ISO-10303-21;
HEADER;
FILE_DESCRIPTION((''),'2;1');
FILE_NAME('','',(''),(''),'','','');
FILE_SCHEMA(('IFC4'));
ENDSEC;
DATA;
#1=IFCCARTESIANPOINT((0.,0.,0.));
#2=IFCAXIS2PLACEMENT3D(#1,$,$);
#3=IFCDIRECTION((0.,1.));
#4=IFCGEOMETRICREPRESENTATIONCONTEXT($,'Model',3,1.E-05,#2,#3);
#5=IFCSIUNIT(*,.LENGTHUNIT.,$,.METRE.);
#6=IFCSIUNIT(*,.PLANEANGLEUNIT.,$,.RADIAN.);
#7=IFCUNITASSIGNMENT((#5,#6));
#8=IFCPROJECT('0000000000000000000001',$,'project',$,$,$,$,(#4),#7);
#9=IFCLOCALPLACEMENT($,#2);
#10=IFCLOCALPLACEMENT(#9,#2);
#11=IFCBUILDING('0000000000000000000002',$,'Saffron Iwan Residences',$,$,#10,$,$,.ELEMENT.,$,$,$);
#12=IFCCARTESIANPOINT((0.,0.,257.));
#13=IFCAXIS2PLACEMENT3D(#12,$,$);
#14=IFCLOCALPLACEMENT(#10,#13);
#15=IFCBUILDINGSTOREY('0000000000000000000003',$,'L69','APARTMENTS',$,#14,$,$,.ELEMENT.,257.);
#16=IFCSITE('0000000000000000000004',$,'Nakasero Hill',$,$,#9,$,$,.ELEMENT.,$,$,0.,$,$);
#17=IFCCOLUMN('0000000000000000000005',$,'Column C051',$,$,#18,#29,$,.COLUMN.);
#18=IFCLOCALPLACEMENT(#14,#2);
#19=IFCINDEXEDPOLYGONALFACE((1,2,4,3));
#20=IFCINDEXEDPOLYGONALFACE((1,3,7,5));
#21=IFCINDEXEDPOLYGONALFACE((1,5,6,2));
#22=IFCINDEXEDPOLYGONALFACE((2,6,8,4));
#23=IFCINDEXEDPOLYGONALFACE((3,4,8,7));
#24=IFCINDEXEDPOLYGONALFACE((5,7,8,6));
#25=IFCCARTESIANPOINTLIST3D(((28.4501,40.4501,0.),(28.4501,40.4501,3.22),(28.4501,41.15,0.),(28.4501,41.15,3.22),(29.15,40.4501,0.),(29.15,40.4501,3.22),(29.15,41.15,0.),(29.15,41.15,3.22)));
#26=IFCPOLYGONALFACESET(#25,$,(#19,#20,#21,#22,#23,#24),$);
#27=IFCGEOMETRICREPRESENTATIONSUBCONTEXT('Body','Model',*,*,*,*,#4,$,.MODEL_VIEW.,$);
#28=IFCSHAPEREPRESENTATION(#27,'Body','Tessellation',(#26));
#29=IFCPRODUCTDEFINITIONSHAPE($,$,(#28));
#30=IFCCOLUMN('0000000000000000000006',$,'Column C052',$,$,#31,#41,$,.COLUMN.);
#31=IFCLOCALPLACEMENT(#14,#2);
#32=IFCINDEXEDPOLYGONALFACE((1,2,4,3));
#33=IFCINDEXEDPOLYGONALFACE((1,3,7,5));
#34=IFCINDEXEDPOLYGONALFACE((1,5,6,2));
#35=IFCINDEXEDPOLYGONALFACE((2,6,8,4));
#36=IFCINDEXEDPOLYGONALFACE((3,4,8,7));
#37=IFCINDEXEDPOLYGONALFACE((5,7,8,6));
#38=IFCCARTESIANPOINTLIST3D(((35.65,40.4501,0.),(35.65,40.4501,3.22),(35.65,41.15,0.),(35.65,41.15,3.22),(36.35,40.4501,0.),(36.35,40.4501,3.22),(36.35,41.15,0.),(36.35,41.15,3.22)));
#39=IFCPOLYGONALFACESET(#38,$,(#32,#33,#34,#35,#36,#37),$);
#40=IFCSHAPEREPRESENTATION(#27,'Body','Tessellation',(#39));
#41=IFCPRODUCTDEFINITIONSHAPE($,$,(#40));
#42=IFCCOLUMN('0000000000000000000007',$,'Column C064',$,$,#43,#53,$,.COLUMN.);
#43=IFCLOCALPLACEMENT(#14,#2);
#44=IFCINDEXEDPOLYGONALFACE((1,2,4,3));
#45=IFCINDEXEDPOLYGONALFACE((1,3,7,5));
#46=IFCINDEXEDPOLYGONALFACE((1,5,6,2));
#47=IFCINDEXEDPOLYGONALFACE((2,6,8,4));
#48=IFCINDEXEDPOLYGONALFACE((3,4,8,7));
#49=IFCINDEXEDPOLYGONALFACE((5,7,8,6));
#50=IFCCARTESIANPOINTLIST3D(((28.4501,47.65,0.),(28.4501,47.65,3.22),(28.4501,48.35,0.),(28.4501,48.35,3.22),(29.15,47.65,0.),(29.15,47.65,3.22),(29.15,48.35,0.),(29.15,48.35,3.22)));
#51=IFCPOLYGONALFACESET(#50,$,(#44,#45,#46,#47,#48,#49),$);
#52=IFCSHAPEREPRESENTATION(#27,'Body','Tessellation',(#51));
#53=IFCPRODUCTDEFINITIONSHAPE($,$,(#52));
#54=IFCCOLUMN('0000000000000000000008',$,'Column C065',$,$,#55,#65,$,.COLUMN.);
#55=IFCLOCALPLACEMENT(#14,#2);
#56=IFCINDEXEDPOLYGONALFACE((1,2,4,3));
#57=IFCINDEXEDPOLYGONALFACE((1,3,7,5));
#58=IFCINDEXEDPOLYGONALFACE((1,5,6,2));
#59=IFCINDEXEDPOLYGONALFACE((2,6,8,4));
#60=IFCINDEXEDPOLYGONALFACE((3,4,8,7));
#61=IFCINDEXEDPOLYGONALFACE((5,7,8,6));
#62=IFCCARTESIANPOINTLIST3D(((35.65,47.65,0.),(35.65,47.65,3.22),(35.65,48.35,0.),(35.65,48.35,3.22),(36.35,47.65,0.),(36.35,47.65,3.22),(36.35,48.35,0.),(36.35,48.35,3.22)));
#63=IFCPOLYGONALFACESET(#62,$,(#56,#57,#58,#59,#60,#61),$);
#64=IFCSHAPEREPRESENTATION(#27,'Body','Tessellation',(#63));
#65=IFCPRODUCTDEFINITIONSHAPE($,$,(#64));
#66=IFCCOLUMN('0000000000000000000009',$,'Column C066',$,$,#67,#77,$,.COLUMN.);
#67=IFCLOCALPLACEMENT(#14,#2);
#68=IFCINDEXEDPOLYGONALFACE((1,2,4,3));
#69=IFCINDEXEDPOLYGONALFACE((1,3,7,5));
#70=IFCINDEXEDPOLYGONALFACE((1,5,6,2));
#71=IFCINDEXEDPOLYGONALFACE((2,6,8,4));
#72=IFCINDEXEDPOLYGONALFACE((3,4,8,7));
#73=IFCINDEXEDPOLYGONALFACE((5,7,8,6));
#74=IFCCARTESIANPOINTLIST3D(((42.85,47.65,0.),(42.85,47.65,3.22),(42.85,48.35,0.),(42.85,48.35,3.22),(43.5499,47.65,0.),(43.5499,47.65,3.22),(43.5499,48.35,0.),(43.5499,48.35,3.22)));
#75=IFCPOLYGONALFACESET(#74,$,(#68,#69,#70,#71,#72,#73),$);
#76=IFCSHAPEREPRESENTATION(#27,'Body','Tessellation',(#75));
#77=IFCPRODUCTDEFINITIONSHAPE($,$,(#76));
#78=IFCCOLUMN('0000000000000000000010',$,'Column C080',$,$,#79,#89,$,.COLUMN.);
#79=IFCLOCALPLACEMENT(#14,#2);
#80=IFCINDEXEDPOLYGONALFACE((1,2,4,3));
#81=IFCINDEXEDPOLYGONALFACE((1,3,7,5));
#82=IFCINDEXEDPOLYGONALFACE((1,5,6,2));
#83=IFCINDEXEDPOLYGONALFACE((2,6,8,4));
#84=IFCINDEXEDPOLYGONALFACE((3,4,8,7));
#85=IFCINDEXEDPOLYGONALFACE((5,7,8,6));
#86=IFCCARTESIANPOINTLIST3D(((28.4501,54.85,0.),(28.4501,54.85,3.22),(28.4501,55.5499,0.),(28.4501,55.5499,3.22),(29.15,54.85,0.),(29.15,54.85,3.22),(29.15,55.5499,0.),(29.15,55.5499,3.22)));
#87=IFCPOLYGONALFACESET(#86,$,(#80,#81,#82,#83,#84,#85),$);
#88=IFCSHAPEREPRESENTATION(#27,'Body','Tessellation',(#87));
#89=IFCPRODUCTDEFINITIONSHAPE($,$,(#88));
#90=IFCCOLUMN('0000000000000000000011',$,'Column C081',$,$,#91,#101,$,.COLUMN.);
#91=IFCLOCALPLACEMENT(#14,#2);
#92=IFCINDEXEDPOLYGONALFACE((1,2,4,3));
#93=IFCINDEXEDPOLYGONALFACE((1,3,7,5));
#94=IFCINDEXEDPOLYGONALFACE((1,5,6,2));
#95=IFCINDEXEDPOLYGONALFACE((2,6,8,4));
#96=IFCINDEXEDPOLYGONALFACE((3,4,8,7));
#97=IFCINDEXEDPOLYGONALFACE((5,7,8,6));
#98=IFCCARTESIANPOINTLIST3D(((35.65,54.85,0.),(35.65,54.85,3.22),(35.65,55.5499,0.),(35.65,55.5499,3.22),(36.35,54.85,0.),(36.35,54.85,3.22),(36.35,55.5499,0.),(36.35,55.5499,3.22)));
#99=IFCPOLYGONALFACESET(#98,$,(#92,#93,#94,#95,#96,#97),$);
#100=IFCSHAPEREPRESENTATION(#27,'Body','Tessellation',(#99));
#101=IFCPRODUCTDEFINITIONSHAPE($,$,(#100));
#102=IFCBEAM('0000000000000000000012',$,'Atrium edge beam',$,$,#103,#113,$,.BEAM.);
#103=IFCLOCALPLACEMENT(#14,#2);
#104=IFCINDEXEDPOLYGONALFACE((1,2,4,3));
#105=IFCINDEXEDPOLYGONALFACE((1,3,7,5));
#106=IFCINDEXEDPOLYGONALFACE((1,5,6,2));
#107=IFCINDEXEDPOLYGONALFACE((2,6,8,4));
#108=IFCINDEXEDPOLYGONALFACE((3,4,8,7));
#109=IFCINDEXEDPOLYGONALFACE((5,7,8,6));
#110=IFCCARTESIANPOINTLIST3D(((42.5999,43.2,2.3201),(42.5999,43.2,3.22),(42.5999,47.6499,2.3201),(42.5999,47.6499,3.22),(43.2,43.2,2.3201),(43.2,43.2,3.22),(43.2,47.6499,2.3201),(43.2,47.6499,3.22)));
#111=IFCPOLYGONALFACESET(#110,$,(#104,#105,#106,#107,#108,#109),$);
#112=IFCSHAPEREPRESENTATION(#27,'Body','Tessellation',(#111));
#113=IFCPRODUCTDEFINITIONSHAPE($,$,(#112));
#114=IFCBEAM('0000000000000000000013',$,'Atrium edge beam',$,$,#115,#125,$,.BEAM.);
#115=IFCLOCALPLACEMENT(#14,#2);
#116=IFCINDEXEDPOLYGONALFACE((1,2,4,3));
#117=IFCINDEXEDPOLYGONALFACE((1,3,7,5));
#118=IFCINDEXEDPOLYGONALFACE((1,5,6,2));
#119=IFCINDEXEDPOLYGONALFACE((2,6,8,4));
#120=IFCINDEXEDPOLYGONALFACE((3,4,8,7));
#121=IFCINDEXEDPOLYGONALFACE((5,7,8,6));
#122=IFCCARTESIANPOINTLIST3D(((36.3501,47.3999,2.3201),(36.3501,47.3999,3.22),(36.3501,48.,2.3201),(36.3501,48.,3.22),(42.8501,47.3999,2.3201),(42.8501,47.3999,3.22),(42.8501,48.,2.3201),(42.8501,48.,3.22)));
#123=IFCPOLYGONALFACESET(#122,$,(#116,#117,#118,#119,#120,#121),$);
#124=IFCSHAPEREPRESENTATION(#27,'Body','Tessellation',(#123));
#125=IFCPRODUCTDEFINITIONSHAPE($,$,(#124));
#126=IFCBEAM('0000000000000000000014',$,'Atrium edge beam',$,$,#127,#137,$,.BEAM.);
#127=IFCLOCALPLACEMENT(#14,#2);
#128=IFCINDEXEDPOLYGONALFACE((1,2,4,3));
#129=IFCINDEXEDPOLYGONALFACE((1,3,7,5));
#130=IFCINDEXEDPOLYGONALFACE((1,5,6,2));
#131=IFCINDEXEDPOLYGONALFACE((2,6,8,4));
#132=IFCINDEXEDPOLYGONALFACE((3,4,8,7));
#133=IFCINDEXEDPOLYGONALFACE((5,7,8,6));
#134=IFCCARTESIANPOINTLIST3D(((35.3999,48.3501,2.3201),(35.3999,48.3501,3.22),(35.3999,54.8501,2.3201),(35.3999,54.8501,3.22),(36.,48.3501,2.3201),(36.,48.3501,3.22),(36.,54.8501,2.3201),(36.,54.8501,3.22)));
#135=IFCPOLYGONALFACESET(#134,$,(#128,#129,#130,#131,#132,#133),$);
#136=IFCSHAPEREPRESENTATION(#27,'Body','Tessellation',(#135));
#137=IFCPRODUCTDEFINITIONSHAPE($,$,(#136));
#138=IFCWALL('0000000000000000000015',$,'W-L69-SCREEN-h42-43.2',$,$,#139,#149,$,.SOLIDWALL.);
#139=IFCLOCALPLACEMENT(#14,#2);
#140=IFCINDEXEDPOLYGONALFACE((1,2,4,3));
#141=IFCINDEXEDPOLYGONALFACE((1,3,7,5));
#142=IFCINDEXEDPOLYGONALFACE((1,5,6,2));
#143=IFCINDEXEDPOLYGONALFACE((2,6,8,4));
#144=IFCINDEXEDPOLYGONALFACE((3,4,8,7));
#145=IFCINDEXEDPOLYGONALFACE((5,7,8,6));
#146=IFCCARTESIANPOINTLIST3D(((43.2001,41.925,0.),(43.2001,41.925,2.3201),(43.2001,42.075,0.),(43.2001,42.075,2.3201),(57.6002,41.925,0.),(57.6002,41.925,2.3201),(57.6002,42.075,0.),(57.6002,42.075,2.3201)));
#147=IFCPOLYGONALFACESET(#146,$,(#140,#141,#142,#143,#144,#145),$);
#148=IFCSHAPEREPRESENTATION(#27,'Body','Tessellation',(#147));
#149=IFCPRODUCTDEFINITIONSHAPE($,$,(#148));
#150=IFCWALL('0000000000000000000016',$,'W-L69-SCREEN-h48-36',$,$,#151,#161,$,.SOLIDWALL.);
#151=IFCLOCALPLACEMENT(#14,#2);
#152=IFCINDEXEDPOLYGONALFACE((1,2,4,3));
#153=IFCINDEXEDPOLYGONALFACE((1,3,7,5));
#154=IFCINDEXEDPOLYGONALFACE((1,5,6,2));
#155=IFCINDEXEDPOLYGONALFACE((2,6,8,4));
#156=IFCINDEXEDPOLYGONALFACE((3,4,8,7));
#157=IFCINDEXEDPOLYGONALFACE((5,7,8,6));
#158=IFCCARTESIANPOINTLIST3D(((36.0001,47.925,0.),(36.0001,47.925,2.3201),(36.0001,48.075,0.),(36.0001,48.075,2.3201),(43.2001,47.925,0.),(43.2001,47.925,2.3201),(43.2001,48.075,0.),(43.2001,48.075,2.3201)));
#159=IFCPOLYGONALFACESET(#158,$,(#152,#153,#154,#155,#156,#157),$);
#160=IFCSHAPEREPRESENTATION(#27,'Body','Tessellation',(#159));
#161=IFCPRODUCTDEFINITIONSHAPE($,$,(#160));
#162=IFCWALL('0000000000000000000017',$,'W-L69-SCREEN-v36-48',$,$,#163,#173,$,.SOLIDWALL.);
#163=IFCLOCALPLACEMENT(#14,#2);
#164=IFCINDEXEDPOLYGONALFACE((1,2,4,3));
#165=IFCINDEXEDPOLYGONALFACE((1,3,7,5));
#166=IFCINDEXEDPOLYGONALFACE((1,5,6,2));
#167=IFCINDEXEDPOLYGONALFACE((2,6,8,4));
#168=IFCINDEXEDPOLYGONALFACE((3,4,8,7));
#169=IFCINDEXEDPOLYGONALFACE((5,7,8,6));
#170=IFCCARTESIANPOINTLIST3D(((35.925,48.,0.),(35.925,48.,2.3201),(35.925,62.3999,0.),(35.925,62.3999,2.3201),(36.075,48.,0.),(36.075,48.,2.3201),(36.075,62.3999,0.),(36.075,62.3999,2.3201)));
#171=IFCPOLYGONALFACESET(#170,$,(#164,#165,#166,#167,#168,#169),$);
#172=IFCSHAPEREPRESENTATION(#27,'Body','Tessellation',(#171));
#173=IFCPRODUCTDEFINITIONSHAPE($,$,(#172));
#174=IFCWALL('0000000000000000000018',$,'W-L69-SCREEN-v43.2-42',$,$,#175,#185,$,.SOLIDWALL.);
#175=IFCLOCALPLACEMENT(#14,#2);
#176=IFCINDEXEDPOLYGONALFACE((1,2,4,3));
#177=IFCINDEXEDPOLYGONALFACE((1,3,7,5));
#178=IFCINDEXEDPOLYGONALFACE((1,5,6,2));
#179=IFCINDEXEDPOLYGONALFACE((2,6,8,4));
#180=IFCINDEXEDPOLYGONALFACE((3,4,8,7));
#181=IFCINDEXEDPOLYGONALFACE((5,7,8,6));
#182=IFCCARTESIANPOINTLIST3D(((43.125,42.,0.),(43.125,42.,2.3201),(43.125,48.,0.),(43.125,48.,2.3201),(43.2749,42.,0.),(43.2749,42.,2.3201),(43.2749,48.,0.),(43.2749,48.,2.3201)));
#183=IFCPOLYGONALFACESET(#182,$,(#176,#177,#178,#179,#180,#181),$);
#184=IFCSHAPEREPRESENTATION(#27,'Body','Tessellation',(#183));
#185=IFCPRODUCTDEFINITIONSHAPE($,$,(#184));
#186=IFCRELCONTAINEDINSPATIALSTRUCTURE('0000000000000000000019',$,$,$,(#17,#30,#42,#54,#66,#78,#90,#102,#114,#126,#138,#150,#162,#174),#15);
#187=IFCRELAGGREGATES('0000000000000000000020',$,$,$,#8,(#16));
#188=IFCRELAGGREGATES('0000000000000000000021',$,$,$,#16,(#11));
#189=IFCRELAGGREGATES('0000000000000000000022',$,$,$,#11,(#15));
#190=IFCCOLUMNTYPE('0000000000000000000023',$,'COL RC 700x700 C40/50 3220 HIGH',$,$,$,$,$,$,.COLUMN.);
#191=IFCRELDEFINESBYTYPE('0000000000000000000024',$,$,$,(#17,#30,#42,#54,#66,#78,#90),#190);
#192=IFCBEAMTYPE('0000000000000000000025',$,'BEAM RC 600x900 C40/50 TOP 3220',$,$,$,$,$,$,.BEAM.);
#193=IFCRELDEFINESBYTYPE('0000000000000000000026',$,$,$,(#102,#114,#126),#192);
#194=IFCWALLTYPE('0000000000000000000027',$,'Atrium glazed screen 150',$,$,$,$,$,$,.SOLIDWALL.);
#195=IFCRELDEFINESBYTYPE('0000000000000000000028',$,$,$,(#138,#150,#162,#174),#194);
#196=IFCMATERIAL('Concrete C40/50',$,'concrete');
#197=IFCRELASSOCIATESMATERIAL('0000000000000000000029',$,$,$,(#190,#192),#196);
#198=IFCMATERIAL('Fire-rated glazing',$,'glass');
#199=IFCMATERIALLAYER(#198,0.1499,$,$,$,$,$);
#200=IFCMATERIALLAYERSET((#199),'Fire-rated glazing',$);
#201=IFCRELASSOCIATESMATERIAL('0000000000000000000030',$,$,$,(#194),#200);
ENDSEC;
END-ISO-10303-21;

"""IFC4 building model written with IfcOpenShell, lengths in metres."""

from ifc_helpers import new_model, si_unit, direction, frame, frame_2d, origin, origin_2d, place, context, subcontext, project, spatial, rectangle, extrude, source, transform, mapped, material, layer, layer_set, material_profile, profile_set, type_object, element, save


model = new_model("IFC4")

# Units and contexts
model_context = context("Model", 3, precision=1e-05, world=origin(), true_north=direction((0.0, 1.0)))
body_context = subcontext(model_context, "Body", "Model", "MODEL_VIEW")
ifc_project = project(units=[si_unit("LENGTHUNIT", "METRE"), si_unit("PLANEANGLEUNIT", "RADIAN")], contexts=[model_context])

# Site, building, storey
site_placement = place(None, origin())
site = spatial("IfcSite", under=ifc_project, at=site_placement, Name="Nakasero Hill", CompositionType="ELEMENT", RefElevation=0.0)
building_placement = place(site_placement, origin())
building = spatial("IfcBuilding", under=site, at=building_placement, Name="Saffron Iwan Residences", CompositionType="ELEMENT")
storey_placement = place(building_placement, frame((0.0, 0.0, 257.0)))
storey = spatial("IfcBuildingStorey", under=building, at=storey_placement, Name="L69", Description="APARTMENTS", CompositionType="ELEMENT", Elevation=257.0)

# Columns
ifc_material_1 = material(Name="Concrete C40/50", Category="concrete")
ifc_material_profile_1 = material_profile(ifc_material_1, rectangle(XDim=0.7, YDim=0.7, at=origin_2d()), Name="RC 700x700")
ifc_profile_set_1 = profile_set([ifc_material_profile_1], Name="Concrete C40/50")
column_type = type_object("IfcColumnType", Name="COL RC 700x700 C40/50 3220 HIGH", PredefinedType="COLUMN", material=ifc_profile_set_1)
shared_shape_1 = source(origin(), body_context, "Body", "SweptSolid", [
    extrude(rectangle(XDim=0.7, YDim=0.7, at=origin_2d()), origin(), (0.0, 0.0, 1.0), 3.22),
])
for number, where, z_axis, x_axis, name in (
    (1, (28.8, 40.8, 0.0), (0.0, 0.0, 1.0), (1.0, 0.0, 0.0), "Column C051"),
    (2, (36.0, 40.8, 0.0), (0.0, 0.0, 1.0), (1.0, 0.0, 0.0), "Column C052"),
    (3, (28.8, 48.0, 0.0), (0.0, 0.0, 1.0), (1.0, 0.0, 0.0), "Column C064"),
    (4, (36.0, 48.0, 0.0), (0.0, 0.0, 1.0), (1.0, 0.0, 0.0), "Column C065"),
    (5, (43.2, 48.0, 0.0), (0.0, 0.0, 1.0), (1.0, 0.0, 0.0), "Column C066"),
    (6, (28.8, 55.2, 0.0), (0.0, 0.0, 1.0), (1.0, 0.0, 0.0), "Column C080"),
    (7, (36.0, 55.2, 0.0), (0.0, 0.0, 1.0), (1.0, 0.0, 0.0), "Column C081"),
):
    element("IfcColumn", number, at=place(storey_placement, frame(where, z_axis=z_axis, x_axis=x_axis)), inside=storey, type_object=column_type, Name=name, PredefinedType="COLUMN", context=body_context, shape_type="MappedRepresentation", body=[
        mapped(shared_shape_1, transform((0.0, 0.0, 0.0))),
    ])

# Beams
ifc_material_profile_2 = material_profile(ifc_material_1, rectangle(XDim=0.6001, YDim=0.8999, at=origin_2d()), Name="RC 600x900")
ifc_profile_set_2 = profile_set([ifc_material_profile_2], Name="Concrete C40/50")
beam_type = type_object("IfcBeamType", Name="BEAM RC 600x900 C40/50 TOP 3220", PredefinedType="BEAM", material=ifc_profile_set_2)
shared_shape_2 = source(origin(), body_context, "Body", "SweptSolid", [
    extrude(rectangle(XDim=0.6001, YDim=0.8999, at=origin_2d()), origin(), (0.0, 0.0, 1.0), 4.45),
])
beam_placement = place(storey_placement, frame((42.8999, 43.2, 2.77), z_axis=(0.0, 1.0, 0.0), x_axis=(-1.0, 0.0, 0.0)))
element("IfcBeam", 8, at=beam_placement, inside=storey, type_object=beam_type, Name="Atrium edge beam", PredefinedType="BEAM", context=body_context, shape_type="MappedRepresentation", body=[
    mapped(shared_shape_2, transform((0.0, 0.0, 0.0))),
])
shared_shape_3 = source(origin(), body_context, "Body", "SweptSolid", [
    extrude(rectangle(XDim=0.6001, YDim=0.8999, at=origin_2d()), origin(), (0.0, 0.0, 1.0), 6.5),
])
for number, where, z_axis, x_axis, name in (
    (9, (42.8501, 47.7, 2.77), (-1.0, 0.0, 0.0), (0.0, -1.0, 0.0), "Atrium edge beam"),
    (10, (35.7, 48.3501, 2.77), (0.0, 1.0, 0.0), (-1.0, 0.0, 0.0), "Atrium edge beam"),
):
    element("IfcBeam", number, at=place(storey_placement, frame(where, z_axis=z_axis, x_axis=x_axis)), inside=storey, type_object=beam_type, Name=name, PredefinedType="BEAM", context=body_context, shape_type="MappedRepresentation", body=[
        mapped(shared_shape_3, transform((0.0, 0.0, 0.0))),
    ])

# Walls
ifc_material_2 = material(Name="Fire-rated glazing", Category="glass")
ifc_layer_1 = layer(ifc_material_2, 0.1499)
ifc_layer_set_1 = layer_set([ifc_layer_1], Name="Fire-rated glazing")
wall_type_1 = type_object("IfcWallType", Name="Atrium glazed screen 150", PredefinedType="SOLIDWALL", material=ifc_layer_set_1)
wall_1_placement = place(storey_placement, frame((43.2, 42.0, 0.0), z_axis=(0.0, 0.0, 1.0), x_axis=(1.0, 0.0, 0.0)))
element("IfcWall", 11, at=wall_1_placement, inside=storey, type_object=wall_type_1, Name="W-L69-SCREEN-h42-43.2", PredefinedType="SOLIDWALL", context=body_context, shape_type="SweptSolid", body=[
    extrude(rectangle(XDim=14.4001, YDim=0.1499, at=frame_2d((7.2002, 0.0))), origin(), (0.0, 0.0, 1.0), 2.3201),
])
wall_2_placement = place(storey_placement, frame((36.0, 48.0, 0.0), z_axis=(0.0, 0.0, 1.0), x_axis=(1.0, 0.0, 0.0)))
element("IfcWall", 12, at=wall_2_placement, inside=storey, type_object=wall_type_1, Name="W-L69-SCREEN-h48-36", PredefinedType="SOLIDWALL", context=body_context, shape_type="SweptSolid", body=[
    extrude(rectangle(XDim=7.2, YDim=0.1499, at=frame_2d((3.6001, 0.0))), origin(), (0.0, 0.0, 1.0), 2.3201),
])
wall_3_placement = place(storey_placement, frame((36.0, 48.0, 0.0), z_axis=(0.0, 0.0, 1.0), x_axis=(0.0, 1.0, 0.0)))
element("IfcWall", 13, at=wall_3_placement, inside=storey, type_object=wall_type_1, Name="W-L69-SCREEN-v36-48", PredefinedType="SOLIDWALL", context=body_context, shape_type="SweptSolid", body=[
    extrude(rectangle(XDim=14.3999, YDim=0.1499, at=frame_2d((7.2, 0.0))), origin(), (0.0, 0.0, 1.0), 2.3201),
])
wall_4_placement = place(storey_placement, frame((43.2, 42.0, 0.0), z_axis=(0.0, 0.0, 1.0), x_axis=(0.0, 1.0, 0.0)))
element("IfcWall", 14, at=wall_4_placement, inside=storey, type_object=wall_type_1, Name="W-L69-SCREEN-v43.2-42", PredefinedType="SOLIDWALL", context=body_context, shape_type="SweptSolid", body=[
    extrude(rectangle(XDim=6.0, YDim=0.1499, at=frame_2d((3.0, 0.0))), origin(), (0.0, 0.0, 1.0), 2.3201),
])

save(model, "model.ifc")
